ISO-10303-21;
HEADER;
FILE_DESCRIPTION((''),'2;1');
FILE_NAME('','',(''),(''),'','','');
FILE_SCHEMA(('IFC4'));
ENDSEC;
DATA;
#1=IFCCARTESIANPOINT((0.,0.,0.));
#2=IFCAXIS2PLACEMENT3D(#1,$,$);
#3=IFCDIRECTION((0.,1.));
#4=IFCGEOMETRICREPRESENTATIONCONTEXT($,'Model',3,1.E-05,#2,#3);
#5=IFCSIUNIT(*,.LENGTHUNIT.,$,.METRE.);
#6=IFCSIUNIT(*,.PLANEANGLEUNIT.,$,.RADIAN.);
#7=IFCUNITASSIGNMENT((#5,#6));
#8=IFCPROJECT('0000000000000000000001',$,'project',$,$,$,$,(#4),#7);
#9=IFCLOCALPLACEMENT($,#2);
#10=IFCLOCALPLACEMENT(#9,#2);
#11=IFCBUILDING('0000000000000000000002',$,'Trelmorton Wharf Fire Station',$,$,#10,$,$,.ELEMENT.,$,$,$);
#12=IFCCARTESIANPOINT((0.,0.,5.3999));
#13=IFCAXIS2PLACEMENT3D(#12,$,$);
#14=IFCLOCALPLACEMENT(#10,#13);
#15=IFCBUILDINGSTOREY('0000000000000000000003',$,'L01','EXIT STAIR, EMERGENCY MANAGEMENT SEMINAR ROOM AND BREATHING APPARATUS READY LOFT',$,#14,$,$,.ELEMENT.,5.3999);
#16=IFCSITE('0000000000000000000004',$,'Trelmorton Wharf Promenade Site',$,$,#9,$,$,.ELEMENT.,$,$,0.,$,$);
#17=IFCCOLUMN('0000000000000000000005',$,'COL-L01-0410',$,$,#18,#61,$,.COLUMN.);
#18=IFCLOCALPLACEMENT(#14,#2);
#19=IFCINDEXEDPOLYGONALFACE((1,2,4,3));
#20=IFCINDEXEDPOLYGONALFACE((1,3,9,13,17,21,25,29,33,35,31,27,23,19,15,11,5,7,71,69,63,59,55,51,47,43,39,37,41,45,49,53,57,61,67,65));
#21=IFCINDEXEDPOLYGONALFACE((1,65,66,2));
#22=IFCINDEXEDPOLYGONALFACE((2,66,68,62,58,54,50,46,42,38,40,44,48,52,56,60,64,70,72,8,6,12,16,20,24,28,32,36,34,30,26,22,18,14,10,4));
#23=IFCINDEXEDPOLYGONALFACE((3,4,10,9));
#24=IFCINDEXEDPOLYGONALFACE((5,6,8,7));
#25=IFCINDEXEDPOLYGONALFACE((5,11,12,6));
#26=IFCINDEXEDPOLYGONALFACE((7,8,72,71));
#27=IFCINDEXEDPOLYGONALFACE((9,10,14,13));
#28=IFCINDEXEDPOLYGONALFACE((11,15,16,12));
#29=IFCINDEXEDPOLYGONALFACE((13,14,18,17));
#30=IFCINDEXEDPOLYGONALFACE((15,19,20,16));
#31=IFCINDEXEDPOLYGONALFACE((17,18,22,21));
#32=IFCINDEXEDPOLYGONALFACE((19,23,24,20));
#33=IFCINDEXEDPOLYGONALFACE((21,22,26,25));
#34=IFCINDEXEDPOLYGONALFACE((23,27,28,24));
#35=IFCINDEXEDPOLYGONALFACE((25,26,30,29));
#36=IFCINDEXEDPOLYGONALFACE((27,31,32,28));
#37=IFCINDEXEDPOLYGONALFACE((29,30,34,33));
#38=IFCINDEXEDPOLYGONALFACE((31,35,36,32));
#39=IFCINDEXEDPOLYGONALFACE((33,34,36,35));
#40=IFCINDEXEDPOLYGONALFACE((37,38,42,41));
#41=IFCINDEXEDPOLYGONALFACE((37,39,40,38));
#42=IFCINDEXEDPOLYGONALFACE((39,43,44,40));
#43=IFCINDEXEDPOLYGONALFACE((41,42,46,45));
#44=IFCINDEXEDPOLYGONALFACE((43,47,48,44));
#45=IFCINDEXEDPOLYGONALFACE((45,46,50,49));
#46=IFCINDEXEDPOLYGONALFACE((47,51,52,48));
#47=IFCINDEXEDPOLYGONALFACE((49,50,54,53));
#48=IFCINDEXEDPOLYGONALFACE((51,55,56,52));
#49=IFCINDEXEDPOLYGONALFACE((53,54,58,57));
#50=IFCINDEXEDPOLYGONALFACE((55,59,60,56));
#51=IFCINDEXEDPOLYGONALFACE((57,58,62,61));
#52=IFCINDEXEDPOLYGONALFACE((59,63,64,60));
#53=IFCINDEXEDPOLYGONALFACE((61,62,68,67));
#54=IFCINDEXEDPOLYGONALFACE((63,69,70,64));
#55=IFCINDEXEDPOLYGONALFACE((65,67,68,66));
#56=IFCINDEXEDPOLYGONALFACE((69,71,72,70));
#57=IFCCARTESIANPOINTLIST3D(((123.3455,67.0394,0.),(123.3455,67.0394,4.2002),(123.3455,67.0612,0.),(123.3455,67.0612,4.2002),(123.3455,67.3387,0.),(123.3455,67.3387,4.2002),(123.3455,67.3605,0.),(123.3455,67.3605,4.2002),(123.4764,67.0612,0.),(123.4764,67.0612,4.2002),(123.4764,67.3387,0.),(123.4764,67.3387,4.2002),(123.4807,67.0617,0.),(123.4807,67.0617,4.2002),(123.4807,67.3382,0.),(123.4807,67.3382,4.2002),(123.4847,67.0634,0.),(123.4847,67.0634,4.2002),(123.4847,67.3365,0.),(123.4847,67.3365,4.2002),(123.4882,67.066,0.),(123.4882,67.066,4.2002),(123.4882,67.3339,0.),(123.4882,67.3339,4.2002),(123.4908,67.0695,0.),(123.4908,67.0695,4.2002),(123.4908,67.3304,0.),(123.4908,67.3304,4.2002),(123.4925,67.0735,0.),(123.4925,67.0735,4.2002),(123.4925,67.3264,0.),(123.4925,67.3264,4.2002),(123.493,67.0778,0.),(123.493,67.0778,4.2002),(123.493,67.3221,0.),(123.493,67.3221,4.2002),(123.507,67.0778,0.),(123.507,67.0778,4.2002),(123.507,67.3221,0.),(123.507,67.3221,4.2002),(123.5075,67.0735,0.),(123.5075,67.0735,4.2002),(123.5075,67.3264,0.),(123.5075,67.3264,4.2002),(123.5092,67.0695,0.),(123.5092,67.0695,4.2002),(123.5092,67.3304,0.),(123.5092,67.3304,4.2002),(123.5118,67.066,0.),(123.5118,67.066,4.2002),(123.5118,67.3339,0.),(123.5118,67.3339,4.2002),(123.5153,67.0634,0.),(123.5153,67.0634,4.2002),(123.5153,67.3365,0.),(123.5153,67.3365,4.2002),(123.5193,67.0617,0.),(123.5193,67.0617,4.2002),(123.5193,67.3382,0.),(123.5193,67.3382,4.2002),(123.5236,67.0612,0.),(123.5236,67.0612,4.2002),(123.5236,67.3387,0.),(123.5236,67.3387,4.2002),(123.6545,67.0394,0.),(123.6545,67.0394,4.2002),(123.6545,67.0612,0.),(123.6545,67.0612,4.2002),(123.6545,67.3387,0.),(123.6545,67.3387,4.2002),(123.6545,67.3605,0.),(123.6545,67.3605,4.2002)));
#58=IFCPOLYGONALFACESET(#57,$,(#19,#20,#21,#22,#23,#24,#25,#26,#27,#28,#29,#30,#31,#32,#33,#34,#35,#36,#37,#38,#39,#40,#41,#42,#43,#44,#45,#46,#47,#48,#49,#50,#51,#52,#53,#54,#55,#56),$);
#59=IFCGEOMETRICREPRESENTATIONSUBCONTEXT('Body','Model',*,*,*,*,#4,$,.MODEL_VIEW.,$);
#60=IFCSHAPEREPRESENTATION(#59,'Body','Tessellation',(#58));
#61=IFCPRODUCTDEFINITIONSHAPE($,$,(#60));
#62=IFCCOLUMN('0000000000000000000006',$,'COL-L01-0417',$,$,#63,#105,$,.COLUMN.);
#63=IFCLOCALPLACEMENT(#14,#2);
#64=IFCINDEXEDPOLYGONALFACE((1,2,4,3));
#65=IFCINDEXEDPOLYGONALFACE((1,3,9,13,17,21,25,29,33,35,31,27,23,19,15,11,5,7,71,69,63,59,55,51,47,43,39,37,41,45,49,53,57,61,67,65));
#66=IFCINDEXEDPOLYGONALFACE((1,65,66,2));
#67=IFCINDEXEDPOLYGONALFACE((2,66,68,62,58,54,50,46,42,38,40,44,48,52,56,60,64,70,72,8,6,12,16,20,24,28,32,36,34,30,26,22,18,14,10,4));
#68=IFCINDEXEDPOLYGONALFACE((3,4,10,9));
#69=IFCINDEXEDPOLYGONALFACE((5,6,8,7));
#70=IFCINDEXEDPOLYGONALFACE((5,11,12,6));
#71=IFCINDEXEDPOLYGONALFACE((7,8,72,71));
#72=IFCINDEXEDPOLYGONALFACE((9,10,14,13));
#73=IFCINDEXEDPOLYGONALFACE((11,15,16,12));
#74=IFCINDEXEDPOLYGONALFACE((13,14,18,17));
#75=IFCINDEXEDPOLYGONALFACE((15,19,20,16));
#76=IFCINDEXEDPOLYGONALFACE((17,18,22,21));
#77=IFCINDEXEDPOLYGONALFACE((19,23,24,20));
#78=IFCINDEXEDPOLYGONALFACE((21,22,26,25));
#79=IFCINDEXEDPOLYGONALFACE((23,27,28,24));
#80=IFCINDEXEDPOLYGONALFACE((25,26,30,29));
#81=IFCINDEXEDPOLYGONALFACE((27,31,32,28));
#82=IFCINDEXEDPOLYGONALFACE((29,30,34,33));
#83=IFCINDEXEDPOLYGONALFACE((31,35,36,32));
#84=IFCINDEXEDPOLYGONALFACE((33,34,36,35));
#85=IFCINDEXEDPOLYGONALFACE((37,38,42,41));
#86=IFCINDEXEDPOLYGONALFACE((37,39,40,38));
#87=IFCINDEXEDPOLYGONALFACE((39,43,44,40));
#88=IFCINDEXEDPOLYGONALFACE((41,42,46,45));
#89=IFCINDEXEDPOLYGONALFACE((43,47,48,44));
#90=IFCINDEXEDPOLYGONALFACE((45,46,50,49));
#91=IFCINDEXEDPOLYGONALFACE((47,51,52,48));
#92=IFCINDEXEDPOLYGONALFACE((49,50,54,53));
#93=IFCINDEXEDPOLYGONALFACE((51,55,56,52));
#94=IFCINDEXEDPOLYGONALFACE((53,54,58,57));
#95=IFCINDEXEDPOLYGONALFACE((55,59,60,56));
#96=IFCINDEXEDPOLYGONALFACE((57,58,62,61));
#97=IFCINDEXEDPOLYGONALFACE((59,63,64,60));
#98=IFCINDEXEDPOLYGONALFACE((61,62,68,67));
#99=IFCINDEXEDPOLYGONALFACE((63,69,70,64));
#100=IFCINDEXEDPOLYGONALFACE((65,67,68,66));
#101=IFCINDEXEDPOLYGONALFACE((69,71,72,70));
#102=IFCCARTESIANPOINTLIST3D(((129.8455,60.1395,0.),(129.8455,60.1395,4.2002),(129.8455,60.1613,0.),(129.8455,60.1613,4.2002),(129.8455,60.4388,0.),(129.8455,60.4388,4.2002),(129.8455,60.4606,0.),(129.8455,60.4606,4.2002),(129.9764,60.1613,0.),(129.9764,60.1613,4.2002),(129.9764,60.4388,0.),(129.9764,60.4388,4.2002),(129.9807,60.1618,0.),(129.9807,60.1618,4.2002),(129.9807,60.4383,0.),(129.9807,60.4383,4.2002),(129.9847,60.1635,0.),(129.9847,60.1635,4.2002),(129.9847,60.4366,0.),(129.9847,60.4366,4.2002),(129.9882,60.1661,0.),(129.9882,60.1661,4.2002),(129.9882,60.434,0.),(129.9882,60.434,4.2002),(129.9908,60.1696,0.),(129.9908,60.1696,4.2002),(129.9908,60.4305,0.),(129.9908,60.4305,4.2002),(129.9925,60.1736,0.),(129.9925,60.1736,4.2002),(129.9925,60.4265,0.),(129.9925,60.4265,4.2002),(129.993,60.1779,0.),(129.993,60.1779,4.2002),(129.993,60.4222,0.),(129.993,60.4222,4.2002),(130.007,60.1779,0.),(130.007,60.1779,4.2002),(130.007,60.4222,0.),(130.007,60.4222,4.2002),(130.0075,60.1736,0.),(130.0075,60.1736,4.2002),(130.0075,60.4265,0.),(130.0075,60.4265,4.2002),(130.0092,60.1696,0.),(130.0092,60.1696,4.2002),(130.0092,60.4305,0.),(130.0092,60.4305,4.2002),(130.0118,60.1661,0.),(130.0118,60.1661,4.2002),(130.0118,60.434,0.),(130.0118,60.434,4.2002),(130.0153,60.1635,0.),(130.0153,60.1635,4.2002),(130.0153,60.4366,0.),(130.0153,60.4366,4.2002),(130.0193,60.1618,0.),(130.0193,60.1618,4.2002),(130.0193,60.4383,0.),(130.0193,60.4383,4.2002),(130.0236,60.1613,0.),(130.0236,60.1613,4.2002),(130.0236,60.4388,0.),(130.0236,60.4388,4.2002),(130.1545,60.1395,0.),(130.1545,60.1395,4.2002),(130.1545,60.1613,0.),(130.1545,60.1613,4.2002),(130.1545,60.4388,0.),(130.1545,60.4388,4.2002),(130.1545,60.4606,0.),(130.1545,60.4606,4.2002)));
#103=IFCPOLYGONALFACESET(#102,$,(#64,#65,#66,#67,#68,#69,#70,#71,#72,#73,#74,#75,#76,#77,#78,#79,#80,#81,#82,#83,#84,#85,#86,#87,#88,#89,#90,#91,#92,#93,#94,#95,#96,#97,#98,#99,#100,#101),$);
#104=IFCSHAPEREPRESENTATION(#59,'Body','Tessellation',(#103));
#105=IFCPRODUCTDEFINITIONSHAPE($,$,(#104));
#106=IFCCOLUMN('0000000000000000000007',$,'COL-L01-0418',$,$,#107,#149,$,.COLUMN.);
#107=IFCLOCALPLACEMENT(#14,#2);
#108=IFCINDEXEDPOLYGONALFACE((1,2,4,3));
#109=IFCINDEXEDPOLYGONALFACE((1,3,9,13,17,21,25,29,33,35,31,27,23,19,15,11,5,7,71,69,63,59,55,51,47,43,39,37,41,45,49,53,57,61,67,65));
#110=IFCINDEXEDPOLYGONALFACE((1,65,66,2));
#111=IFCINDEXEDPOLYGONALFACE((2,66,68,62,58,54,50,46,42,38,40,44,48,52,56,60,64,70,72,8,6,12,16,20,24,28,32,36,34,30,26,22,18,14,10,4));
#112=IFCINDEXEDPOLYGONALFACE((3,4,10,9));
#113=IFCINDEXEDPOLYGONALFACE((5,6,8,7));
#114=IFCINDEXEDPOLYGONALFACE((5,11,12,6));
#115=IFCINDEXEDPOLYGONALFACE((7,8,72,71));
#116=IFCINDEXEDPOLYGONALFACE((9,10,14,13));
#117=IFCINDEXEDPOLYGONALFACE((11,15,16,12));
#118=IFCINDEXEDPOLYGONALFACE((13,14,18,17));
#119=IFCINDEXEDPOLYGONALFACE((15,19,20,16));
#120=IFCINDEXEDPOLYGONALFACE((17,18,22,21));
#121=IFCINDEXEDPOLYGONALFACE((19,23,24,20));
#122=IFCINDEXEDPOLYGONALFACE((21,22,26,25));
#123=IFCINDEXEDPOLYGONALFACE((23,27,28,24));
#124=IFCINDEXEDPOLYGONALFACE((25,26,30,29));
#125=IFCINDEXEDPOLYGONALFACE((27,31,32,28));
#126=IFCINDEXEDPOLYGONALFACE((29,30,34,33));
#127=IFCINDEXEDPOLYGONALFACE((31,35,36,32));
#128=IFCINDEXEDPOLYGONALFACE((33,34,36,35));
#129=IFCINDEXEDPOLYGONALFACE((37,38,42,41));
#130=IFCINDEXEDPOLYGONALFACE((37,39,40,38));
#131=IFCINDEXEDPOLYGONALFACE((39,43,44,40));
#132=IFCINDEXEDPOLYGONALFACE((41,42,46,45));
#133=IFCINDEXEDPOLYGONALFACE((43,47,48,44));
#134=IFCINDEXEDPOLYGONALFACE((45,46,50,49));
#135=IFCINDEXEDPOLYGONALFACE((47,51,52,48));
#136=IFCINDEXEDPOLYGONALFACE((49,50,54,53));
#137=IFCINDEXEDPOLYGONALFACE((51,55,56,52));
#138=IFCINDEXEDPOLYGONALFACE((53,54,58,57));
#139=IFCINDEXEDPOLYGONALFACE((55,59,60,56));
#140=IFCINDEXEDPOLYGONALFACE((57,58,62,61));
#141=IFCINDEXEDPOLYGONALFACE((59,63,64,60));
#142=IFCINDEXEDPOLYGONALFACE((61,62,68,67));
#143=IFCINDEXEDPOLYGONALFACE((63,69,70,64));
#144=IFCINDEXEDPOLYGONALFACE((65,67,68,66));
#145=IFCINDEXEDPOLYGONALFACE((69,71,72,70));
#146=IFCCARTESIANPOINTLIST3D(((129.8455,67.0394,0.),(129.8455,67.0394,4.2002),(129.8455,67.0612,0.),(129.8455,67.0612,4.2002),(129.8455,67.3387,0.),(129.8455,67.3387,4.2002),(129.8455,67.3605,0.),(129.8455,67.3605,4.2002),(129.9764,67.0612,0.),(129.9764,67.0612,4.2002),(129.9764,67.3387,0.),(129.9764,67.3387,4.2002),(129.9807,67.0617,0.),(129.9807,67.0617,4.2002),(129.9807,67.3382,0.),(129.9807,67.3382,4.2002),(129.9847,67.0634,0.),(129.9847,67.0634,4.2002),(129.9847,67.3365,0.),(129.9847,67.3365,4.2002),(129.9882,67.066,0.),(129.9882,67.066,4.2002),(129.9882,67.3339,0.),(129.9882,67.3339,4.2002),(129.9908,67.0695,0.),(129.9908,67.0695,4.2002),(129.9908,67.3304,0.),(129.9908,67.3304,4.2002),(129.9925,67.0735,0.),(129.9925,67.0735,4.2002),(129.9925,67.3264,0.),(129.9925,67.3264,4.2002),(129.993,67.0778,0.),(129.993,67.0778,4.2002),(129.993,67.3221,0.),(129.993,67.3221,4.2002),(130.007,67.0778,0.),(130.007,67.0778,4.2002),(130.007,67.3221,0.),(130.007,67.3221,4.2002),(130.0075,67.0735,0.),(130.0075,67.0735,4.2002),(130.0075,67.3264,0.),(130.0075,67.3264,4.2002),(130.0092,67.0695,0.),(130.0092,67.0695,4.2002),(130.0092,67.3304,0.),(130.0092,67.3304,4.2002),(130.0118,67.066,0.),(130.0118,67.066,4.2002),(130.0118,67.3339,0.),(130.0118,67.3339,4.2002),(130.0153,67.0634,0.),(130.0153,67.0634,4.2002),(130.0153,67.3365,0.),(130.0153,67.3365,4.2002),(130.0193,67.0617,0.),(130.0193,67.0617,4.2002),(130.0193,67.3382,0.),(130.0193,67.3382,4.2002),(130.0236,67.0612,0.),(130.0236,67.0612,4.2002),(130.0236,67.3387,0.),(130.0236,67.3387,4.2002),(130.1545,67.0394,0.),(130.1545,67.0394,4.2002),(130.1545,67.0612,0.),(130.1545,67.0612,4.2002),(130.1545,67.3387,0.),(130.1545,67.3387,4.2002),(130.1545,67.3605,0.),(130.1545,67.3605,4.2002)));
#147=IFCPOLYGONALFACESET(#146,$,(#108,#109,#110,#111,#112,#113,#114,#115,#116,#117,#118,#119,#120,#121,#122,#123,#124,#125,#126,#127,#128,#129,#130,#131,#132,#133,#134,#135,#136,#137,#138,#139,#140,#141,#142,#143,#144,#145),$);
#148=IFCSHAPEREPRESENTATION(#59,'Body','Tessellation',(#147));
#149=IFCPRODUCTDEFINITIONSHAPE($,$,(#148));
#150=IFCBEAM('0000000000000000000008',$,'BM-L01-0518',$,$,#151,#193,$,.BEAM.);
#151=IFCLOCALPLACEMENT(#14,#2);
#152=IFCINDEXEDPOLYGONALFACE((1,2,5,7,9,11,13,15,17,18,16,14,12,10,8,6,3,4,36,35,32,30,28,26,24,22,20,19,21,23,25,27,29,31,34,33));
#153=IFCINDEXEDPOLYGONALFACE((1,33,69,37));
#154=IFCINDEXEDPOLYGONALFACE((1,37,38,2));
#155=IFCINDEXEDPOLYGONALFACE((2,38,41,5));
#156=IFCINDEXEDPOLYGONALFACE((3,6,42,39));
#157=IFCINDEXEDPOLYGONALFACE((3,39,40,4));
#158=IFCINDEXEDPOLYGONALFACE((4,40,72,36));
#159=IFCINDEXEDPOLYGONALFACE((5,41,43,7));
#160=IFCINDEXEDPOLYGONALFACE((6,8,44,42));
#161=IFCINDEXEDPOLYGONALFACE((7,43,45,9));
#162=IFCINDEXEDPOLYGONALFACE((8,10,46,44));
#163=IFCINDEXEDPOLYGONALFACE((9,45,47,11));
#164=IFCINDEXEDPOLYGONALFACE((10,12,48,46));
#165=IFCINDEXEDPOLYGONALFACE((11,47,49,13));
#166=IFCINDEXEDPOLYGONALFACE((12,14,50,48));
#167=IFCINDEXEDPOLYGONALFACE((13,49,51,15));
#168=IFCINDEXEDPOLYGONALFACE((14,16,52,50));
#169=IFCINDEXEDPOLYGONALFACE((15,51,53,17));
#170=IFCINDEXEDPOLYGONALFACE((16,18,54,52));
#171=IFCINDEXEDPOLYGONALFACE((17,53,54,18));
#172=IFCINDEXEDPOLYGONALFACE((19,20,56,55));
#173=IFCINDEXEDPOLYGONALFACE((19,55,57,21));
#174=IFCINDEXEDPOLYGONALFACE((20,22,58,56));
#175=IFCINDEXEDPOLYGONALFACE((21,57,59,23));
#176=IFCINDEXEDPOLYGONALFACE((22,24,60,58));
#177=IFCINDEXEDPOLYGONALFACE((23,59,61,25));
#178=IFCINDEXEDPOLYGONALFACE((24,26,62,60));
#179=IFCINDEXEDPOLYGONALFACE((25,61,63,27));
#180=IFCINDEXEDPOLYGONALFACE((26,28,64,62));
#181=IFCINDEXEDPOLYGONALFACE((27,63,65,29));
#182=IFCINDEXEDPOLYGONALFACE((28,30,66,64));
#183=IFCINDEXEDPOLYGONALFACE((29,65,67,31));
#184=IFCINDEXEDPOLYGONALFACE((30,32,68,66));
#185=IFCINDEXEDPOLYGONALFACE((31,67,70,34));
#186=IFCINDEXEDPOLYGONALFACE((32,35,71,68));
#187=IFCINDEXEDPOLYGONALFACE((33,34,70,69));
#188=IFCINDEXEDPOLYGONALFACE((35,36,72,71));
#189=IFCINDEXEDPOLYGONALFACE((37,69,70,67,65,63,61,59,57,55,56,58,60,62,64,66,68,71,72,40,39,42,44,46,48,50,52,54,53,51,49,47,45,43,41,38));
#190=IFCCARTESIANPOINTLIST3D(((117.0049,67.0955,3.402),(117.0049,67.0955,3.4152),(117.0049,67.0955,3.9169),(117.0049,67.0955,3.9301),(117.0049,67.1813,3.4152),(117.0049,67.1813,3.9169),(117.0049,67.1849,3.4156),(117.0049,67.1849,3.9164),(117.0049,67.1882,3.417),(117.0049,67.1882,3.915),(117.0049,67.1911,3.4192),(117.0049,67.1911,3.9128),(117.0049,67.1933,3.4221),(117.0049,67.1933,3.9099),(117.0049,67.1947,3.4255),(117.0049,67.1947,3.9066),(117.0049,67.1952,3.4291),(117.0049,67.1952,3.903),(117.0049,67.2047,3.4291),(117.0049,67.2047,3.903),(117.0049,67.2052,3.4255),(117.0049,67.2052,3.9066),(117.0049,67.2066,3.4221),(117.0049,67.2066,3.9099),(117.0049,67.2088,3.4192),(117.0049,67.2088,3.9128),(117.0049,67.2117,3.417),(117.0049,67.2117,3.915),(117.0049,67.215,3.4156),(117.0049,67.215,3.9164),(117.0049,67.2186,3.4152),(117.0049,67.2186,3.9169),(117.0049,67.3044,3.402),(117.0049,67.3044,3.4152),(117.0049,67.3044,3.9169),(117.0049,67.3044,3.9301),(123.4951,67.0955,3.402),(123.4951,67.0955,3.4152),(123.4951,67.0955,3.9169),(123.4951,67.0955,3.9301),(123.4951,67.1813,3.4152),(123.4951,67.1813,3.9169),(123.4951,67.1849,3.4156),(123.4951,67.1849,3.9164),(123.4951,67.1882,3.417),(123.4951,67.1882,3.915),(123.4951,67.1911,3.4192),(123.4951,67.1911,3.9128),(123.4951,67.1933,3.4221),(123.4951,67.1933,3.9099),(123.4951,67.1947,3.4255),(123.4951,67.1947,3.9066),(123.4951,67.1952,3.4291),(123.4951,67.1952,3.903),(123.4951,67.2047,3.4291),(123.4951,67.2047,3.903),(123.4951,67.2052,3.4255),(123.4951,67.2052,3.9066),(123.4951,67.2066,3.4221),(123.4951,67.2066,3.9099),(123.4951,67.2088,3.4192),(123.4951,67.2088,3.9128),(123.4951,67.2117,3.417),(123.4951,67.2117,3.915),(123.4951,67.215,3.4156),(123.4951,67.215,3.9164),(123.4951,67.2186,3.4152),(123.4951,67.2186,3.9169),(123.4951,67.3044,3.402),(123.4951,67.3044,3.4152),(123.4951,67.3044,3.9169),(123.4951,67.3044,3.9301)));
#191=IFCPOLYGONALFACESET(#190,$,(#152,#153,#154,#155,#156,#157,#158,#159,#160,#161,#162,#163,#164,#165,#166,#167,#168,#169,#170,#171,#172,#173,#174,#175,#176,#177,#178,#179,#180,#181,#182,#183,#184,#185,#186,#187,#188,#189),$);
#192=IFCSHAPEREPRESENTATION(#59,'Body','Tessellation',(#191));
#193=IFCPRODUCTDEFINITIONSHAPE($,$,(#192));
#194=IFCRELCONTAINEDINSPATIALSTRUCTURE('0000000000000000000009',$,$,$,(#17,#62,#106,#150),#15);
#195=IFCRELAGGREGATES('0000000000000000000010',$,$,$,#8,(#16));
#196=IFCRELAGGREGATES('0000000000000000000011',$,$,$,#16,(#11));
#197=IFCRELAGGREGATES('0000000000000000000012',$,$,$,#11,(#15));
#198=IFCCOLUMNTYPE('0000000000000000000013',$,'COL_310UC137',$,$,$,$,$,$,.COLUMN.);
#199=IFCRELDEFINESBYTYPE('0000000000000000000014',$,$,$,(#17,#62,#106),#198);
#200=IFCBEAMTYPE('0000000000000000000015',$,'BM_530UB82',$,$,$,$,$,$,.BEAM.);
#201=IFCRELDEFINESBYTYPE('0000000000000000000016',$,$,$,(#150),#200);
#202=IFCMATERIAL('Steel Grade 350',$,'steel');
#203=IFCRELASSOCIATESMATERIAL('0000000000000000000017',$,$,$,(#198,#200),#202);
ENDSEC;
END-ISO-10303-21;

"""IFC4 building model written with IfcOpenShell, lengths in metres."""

from ifc_helpers import new_model, si_unit, direction, frame, origin, origin_2d, place, context, subcontext, project, spatial, i_section, extrude, material, material_profile, profile_set, type_object, element, save


model = new_model("IFC4")

# Units and contexts
model_context = context("Model", 3, precision=1e-05, world=origin(), true_north=direction((0.0, 1.0)))
body_context = subcontext(model_context, "Body", "Model", "MODEL_VIEW")
ifc_project = project(units=[si_unit("LENGTHUNIT", "METRE"), si_unit("PLANEANGLEUNIT", "RADIAN")], contexts=[model_context])

# Site, building, storey
site_placement = place(None, origin())
site = spatial("IfcSite", under=ifc_project, at=site_placement, Name="Trelmorton Wharf Promenade Site", CompositionType="ELEMENT", RefElevation=0.0)
building_placement = place(site_placement, origin())
building = spatial("IfcBuilding", under=site, at=building_placement, Name="Trelmorton Wharf Fire Station", CompositionType="ELEMENT")
storey_placement = place(building_placement, frame((0.0, 0.0, 5.3999)))
storey = spatial("IfcBuildingStorey", under=building, at=storey_placement, Name="L01", Description="EXIT STAIR, EMERGENCY MANAGEMENT SEMINAR ROOM AND BREATHING APPARATUS READY LOFT", CompositionType="ELEMENT", Elevation=5.3999)

# Columns
ifc_material_1 = material(Name="Steel Grade 350", Category="steel")
ifc_material_profile_1 = material_profile(ifc_material_1, i_section(OverallWidth=0.3091, OverallDepth=0.321, WebThickness=0.0139, FlangeThickness=0.0217, FilletRadius=0.0166, at=origin_2d()), Name="310UC137")
ifc_profile_set_1 = profile_set([ifc_material_profile_1], Name="Steel Grade 350")
column_type = type_object("IfcColumnType", Name="COL_310UC137", PredefinedType="COLUMN", material=ifc_profile_set_1)
for number, where, z_axis, x_axis, name in (
    (1, (123.5, 67.2, 0.0), (0.0, 0.0, 1.0), (1.0, 0.0, 0.0), "COL-L01-0410"),
    (2, (130.0, 60.3, 0.0), (0.0, 0.0, 1.0), (1.0, 0.0, 0.0), "COL-L01-0417"),
    (3, (130.0, 67.2, 0.0), (0.0, 0.0, 1.0), (1.0, 0.0, 0.0), "COL-L01-0418"),
):
    element("IfcColumn", number, at=place(storey_placement, frame(where, z_axis=z_axis, x_axis=x_axis)), inside=storey, type_object=column_type, Name=name, PredefinedType="COLUMN", context=body_context, shape_type="SweptSolid", body=[
        extrude(i_section(OverallWidth=0.3091, OverallDepth=0.321, WebThickness=0.0139, FlangeThickness=0.0217, FilletRadius=0.0166, at=origin_2d()), origin(), (0.0, 0.0, 1.0), 4.2002),
    ])

# Beam
ifc_material_profile_2 = material_profile(ifc_material_1, i_section(OverallWidth=0.209, OverallDepth=0.5281, WebThickness=0.0095, FlangeThickness=0.0132, FilletRadius=0.0139, at=origin_2d()), Name="530UB82.0")
ifc_profile_set_2 = profile_set([ifc_material_profile_2], Name="Steel Grade 350")
beam_type_1 = type_object("IfcBeamType", Name="BM_530UB82", PredefinedType="BEAM", material=ifc_profile_set_2)
for number, where, z_axis, x_axis, name in (
    (4, (117.0049, 67.2, 3.666), (1.0, 0.0, 0.0), (0.0, 1.0, 0.0), "BM-L01-0518"),
):
    element("IfcBeam", number, at=place(storey_placement, frame(where, z_axis=z_axis, x_axis=x_axis)), inside=storey, type_object=beam_type_1, Name=name, PredefinedType="BEAM", context=body_context, shape_type="SweptSolid", body=[
        extrude(i_section(OverallWidth=0.209, OverallDepth=0.5281, WebThickness=0.0095, FlangeThickness=0.0132, FilletRadius=0.0139, at=origin_2d()), origin(), (0.0, 0.0, 1.0), 6.4902),
    ])

save(model, "model.ifc")
